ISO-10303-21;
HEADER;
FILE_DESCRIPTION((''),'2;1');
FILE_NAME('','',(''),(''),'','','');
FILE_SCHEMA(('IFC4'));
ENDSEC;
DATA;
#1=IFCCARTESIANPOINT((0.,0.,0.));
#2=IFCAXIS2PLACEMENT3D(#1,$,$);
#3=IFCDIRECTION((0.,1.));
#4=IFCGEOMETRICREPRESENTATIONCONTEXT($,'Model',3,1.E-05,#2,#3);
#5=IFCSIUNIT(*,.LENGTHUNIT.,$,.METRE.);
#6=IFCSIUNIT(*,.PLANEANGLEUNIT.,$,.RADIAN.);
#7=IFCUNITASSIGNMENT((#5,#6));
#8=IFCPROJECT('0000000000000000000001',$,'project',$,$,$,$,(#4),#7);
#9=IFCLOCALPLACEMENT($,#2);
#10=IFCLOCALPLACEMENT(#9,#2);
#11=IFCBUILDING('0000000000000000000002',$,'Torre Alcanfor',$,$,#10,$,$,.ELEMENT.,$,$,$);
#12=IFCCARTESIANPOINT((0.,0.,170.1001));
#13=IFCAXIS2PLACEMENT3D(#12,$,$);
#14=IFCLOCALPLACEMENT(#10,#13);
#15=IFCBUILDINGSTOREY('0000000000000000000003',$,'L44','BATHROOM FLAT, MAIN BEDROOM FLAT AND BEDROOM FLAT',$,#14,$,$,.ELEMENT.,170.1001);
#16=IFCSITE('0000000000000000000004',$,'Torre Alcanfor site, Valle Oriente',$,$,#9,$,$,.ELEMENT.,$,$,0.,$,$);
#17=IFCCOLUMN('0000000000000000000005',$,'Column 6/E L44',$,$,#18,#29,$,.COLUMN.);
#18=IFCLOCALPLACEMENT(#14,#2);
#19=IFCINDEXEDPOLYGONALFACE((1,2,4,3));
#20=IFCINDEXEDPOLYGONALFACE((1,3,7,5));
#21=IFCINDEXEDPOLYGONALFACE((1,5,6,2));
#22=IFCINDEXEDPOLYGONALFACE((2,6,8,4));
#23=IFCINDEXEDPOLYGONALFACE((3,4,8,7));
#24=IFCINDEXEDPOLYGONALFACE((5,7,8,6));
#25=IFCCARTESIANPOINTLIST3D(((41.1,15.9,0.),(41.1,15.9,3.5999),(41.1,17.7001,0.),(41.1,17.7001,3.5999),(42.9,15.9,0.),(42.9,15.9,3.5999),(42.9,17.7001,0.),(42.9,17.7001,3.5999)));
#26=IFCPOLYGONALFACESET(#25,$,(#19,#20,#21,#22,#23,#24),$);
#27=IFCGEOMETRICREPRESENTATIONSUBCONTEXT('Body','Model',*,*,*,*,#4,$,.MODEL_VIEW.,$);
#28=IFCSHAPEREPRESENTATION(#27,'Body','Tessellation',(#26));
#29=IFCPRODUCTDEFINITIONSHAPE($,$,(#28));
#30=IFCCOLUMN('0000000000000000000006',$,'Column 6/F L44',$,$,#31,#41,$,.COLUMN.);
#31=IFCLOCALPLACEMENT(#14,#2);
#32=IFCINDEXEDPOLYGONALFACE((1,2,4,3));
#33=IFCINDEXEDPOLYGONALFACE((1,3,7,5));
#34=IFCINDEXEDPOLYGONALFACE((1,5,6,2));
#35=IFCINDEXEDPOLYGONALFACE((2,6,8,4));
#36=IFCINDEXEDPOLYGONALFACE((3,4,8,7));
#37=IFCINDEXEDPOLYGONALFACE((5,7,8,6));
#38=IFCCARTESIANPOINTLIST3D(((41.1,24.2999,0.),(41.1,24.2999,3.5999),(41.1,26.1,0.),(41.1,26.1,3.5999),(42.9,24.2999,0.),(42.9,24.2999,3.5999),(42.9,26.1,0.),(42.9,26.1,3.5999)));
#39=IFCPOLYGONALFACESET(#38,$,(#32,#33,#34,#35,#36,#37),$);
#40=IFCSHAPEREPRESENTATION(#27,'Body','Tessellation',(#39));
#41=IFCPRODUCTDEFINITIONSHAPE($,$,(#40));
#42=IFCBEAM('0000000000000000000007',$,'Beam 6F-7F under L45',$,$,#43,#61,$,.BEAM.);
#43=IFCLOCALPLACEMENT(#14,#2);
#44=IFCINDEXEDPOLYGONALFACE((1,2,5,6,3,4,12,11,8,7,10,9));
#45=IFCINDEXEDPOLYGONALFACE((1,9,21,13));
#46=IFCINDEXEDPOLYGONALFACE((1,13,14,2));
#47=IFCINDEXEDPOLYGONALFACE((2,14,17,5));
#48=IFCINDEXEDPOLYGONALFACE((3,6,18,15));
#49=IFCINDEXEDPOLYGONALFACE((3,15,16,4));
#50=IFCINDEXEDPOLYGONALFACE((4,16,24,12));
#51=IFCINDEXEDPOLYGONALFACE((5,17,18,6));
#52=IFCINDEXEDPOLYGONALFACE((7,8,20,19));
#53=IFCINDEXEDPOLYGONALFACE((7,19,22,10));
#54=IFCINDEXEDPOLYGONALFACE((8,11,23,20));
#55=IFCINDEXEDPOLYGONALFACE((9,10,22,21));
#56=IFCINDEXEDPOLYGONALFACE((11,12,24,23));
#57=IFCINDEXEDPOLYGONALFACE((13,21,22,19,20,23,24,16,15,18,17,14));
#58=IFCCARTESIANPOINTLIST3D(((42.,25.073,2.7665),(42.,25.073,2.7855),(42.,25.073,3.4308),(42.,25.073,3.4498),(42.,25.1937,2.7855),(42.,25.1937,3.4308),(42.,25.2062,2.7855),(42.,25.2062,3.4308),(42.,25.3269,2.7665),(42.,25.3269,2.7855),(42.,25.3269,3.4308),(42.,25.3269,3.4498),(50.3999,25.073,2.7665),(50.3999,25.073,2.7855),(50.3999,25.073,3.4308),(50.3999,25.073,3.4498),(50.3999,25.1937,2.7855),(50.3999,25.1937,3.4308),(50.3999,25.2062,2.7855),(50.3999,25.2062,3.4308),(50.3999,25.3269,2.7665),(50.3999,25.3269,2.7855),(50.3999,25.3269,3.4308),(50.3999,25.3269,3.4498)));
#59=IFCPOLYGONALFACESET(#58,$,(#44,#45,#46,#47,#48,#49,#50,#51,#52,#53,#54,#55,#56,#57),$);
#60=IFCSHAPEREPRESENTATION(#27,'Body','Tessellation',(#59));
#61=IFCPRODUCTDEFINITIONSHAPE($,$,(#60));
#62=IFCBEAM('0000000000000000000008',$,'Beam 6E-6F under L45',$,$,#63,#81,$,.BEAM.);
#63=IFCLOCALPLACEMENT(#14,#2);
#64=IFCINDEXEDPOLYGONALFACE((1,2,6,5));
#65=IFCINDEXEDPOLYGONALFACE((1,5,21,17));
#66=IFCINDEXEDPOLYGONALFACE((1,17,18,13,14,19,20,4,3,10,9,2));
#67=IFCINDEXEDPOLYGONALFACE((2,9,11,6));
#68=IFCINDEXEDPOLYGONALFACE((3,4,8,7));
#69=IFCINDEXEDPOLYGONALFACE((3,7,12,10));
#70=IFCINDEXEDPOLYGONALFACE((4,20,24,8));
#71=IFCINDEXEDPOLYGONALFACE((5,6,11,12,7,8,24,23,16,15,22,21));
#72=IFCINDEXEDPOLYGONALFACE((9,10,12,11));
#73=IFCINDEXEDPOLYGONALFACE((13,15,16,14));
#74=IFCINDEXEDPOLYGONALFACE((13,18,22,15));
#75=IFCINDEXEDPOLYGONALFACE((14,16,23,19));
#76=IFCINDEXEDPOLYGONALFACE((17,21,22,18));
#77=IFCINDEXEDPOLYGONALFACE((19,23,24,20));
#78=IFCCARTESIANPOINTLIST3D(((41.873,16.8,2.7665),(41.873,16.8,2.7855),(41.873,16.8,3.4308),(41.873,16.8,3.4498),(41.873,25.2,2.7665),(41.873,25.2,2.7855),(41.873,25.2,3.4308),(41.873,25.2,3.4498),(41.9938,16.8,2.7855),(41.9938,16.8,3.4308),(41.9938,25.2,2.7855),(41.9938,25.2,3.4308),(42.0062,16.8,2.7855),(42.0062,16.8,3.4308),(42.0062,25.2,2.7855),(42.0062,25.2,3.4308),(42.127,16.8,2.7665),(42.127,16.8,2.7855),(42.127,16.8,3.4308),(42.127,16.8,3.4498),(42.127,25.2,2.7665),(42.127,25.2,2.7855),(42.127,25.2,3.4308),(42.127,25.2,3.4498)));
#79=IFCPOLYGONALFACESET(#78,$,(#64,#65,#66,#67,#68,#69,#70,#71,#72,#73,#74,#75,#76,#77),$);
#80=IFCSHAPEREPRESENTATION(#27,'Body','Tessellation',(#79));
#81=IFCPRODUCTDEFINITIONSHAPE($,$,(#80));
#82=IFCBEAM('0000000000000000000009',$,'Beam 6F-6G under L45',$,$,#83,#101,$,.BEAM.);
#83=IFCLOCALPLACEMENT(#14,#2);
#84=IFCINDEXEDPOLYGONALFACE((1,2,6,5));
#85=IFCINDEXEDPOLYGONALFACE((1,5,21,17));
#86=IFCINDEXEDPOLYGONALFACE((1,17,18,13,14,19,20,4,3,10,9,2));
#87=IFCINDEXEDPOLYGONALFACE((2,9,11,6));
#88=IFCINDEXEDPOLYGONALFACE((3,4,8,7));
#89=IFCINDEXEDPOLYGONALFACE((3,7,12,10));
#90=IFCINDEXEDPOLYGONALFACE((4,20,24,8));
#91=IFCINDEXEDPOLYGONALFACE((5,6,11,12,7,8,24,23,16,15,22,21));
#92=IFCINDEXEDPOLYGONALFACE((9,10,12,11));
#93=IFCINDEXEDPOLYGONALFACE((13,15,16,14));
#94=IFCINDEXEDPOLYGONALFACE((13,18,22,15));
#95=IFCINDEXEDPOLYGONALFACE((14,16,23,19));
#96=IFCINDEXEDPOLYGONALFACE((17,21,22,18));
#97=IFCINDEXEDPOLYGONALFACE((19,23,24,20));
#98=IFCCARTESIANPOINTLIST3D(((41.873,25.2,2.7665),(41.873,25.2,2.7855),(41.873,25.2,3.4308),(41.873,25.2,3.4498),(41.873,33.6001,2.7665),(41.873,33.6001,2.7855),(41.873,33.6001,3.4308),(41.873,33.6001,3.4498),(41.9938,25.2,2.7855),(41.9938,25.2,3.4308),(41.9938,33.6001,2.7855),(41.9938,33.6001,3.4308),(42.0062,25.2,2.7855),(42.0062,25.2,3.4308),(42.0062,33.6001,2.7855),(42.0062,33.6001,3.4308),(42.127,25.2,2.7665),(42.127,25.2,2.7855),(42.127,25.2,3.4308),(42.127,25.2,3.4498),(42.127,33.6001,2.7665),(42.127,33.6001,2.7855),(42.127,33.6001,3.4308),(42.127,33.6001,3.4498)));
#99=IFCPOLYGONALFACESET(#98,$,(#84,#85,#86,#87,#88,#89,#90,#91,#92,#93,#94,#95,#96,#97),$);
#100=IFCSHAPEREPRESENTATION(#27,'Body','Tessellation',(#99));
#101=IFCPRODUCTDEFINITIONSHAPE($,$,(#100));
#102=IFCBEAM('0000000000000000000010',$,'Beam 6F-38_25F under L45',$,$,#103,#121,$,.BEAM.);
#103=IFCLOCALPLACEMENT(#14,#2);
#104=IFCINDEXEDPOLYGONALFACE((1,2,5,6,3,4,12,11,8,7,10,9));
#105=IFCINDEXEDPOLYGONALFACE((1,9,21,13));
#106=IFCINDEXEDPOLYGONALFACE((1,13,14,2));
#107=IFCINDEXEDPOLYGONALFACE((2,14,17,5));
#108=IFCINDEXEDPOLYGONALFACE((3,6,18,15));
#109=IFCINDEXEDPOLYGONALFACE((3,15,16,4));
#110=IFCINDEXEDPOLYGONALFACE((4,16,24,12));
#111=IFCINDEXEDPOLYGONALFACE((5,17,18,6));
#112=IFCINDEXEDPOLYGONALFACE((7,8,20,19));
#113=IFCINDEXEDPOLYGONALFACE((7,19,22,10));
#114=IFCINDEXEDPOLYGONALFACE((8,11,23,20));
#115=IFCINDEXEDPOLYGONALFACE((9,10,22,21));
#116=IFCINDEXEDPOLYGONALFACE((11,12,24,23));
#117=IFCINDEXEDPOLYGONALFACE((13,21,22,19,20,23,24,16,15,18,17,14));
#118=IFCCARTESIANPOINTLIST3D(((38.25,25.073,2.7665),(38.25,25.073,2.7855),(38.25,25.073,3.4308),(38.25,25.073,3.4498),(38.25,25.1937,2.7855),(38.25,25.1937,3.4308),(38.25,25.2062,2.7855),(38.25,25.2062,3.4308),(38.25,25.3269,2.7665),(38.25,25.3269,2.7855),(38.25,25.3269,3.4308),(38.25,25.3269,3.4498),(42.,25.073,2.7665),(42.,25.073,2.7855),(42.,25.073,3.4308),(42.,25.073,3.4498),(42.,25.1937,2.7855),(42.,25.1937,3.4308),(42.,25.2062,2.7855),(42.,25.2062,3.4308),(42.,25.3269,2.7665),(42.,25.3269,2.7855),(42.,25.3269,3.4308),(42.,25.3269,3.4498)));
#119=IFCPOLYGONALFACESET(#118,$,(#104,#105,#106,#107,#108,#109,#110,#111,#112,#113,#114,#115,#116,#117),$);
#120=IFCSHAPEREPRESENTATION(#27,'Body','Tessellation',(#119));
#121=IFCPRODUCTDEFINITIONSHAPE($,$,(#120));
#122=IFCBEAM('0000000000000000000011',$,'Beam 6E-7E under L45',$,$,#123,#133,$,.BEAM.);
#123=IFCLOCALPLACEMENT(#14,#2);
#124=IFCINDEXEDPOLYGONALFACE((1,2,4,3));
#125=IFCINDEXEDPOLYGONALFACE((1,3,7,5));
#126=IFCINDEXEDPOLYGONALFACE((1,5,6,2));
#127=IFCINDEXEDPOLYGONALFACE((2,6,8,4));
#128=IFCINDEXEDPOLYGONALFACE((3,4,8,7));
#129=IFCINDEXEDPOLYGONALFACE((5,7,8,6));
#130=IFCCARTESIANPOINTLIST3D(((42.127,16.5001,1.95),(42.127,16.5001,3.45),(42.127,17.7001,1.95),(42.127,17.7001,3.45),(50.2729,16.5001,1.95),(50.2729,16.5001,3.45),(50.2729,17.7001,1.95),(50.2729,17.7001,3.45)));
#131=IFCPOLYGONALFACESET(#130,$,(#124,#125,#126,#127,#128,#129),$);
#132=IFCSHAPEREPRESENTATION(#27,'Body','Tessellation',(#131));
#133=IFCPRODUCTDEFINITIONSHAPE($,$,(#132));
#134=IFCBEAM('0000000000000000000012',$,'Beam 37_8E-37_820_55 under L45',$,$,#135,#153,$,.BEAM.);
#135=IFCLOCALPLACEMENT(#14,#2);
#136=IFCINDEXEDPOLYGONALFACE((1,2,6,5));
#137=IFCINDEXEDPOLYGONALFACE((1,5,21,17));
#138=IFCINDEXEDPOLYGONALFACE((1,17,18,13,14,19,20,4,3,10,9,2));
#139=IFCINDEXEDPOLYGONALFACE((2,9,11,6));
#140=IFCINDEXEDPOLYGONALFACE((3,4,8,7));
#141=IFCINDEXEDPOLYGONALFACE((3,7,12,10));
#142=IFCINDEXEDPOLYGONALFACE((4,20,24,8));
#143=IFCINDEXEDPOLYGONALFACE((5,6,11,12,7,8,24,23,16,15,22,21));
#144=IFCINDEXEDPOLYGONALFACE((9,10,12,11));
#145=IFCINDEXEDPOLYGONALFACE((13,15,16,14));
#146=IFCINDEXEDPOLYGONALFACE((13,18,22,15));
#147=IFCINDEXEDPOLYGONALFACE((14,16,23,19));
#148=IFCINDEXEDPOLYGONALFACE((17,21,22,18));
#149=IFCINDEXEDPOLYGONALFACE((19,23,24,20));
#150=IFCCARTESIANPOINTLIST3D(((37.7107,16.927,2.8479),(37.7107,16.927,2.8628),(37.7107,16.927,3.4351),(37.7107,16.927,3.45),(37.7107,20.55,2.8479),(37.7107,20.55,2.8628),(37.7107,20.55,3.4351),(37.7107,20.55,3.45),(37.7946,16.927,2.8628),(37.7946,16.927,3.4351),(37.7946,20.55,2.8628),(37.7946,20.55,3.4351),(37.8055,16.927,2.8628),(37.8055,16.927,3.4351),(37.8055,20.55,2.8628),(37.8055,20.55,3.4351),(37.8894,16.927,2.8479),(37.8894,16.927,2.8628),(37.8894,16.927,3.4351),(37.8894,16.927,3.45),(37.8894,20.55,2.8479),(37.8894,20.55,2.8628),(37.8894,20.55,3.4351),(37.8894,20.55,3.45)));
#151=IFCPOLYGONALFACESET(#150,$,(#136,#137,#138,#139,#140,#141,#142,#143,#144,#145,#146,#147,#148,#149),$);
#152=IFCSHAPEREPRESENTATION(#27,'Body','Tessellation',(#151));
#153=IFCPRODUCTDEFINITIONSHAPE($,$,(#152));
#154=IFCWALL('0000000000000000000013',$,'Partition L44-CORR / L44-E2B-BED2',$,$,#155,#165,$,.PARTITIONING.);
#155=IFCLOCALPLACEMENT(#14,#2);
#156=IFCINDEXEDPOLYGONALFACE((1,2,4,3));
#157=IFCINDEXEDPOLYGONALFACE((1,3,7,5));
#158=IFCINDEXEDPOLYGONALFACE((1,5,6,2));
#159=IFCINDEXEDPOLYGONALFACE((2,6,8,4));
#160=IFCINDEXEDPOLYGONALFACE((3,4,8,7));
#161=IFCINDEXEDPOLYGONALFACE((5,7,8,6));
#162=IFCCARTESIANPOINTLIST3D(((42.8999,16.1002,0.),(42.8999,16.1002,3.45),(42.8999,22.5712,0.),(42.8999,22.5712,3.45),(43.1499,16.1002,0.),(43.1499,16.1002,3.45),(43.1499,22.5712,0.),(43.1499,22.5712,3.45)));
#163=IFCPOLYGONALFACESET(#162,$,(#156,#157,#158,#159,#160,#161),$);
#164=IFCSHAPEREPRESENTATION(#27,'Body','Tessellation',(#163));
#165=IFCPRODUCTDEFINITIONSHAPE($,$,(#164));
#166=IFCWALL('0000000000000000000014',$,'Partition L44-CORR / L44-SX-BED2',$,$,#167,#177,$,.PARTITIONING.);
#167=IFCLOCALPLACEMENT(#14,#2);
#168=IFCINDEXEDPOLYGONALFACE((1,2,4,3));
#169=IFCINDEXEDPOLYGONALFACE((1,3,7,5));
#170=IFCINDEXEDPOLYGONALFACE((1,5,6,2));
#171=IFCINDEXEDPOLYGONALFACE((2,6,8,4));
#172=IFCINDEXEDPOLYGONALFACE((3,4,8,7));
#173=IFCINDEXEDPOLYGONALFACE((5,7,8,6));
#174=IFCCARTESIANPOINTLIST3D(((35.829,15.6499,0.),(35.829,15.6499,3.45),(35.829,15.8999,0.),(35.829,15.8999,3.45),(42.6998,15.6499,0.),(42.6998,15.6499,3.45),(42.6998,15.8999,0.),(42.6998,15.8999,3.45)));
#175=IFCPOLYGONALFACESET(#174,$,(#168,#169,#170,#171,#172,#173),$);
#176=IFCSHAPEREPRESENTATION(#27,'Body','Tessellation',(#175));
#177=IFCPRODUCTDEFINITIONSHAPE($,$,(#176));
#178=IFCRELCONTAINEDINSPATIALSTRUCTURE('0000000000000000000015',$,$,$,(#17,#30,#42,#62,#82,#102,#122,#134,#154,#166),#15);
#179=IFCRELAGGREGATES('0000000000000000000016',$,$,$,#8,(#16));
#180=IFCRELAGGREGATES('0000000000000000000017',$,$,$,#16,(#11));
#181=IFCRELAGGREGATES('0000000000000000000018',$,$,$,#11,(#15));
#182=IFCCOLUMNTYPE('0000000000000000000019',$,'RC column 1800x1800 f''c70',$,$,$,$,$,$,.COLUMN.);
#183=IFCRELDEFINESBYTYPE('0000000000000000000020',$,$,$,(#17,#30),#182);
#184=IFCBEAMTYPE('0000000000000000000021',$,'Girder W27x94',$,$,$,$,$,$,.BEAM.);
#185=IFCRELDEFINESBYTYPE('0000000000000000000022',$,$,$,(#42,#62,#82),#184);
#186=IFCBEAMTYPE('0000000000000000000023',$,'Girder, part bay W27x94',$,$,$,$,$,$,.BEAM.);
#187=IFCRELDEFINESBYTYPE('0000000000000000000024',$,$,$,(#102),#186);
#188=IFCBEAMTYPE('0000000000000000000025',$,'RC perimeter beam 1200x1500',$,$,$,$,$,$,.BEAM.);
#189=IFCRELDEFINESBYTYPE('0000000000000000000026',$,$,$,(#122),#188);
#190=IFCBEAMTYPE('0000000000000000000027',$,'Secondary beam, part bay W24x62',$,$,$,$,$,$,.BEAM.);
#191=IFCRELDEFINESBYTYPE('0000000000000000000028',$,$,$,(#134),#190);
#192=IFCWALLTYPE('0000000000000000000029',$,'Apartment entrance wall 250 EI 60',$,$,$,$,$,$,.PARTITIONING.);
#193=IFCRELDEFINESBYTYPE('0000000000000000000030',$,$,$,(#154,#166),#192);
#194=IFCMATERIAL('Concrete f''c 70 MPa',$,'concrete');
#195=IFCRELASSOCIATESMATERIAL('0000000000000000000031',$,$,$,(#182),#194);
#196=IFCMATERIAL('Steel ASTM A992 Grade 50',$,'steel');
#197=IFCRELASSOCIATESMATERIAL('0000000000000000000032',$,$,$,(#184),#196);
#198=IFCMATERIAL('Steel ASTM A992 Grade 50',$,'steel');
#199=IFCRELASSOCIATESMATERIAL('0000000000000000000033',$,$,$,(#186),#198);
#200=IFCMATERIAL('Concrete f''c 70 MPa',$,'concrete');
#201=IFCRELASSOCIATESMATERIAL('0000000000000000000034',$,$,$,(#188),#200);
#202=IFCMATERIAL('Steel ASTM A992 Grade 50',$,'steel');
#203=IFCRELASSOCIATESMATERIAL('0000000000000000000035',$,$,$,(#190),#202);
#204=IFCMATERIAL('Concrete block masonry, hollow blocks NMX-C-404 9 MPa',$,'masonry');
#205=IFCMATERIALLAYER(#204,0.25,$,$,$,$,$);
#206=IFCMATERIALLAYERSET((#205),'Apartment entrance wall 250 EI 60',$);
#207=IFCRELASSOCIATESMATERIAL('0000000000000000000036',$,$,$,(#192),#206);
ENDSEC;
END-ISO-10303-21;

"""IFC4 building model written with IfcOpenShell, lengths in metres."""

from ifc_helpers import new_model, si_unit, direction, frame, frame_2d, origin, origin_2d, place, context, subcontext, project, spatial, rectangle, i_section, extrude, material, layer, layer_set, material_profile, profile_set, type_object, element, save


model = new_model("IFC4")

# Units and contexts
model_context = context("Model", 3, precision=1e-05, world=origin(), true_north=direction((0.0, 1.0)))
body_context = subcontext(model_context, "Body", "Model", "MODEL_VIEW")
ifc_project = project(units=[si_unit("LENGTHUNIT", "METRE"), si_unit("PLANEANGLEUNIT", "RADIAN")], contexts=[model_context])

# Site, building, storey
site_placement = place(None, origin())
site = spatial("IfcSite", under=ifc_project, at=site_placement, Name="Torre Alcanfor site, Valle Oriente", CompositionType="ELEMENT", RefElevation=0.0)
building_placement = place(site_placement, origin())
building = spatial("IfcBuilding", under=site, at=building_placement, Name="Torre Alcanfor", CompositionType="ELEMENT")
storey_placement = place(building_placement, frame((0.0, 0.0, 170.1001)))
storey = spatial("IfcBuildingStorey", under=building, at=storey_placement, Name="L44", Description="BATHROOM FLAT, MAIN BEDROOM FLAT AND BEDROOM FLAT", CompositionType="ELEMENT", Elevation=170.1001)

# Columns
ifc_material_1 = material(Name="Concrete f'c 70 MPa", Category="concrete")
ifc_material_profile_1 = material_profile(ifc_material_1, rectangle(XDim=1.8, YDim=1.8, at=origin_2d()), Name="1800x1800")
ifc_profile_set_1 = profile_set([ifc_material_profile_1], Name="Concrete f'c 70 MPa")
column_type = type_object("IfcColumnType", Name="RC column 1800x1800 f'c70", PredefinedType="COLUMN", material=ifc_profile_set_1)
for number, where, z_axis, x_axis, name in (
    (1, (42.0, 16.8, 0.0), (0.0, 0.0, 1.0), (1.0, 0.0, 0.0), "Column 6/E L44"),
    (2, (42.0, 25.2, 0.0), (0.0, 0.0, 1.0), (1.0, 0.0, 0.0), "Column 6/F L44"),
):
    element("IfcColumn", number, at=place(storey_placement, frame(where, z_axis=z_axis, x_axis=x_axis)), inside=storey, type_object=column_type, Name=name, PredefinedType="COLUMN", context=body_context, shape_type="SweptSolid", body=[
        extrude(rectangle(XDim=1.8, YDim=1.8, at=origin_2d()), origin(), (0.0, 0.0, 1.0), 3.5999),
    ])

# Beams
ifc_material_2 = material(Name="Steel ASTM A992 Grade 50", Category="steel")
ifc_material_profile_2 = material_profile(ifc_material_2, i_section(OverallWidth=0.2539, OverallDepth=0.6833, WebThickness=0.0125, FlangeThickness=0.019, at=origin_2d()), Name="W27x94")
ifc_profile_set_2 = profile_set([ifc_material_profile_2], Name="Steel ASTM A992 Grade 50")
beam_type_1 = type_object("IfcBeamType", Name="Girder W27x94", PredefinedType="BEAM", material=ifc_profile_set_2)
for number, where, z_axis, x_axis, name in (
    (3, (42.0, 25.2, 3.1082), (1.0, 0.0, 0.0), (0.0, 1.0, 0.0), "Beam 6F-7F under L45"),
    (4, (42.0, 16.8, 3.1082), (0.0, 1.0, 0.0), (-1.0, 0.0, 0.0), "Beam 6E-6F under L45"),
):
    element("IfcBeam", number, at=place(storey_placement, frame(where, z_axis=z_axis, x_axis=x_axis)), inside=storey, type_object=beam_type_1, Name=name, PredefinedType="BEAM", context=body_context, shape_type="SweptSolid", body=[
        extrude(i_section(OverallWidth=0.2539, OverallDepth=0.6833, WebThickness=0.0125, FlangeThickness=0.019, at=origin_2d()), origin(), (0.0, 0.0, 1.0), 8.3999),
    ])
beam_1_placement = place(storey_placement, frame((42.0, 25.2, 3.1082), z_axis=(0.0, 1.0, 0.0), x_axis=(-1.0, 0.0, 0.0)))
element("IfcBeam", 5, at=beam_1_placement, inside=storey, type_object=beam_type_1, Name="Beam 6F-6G under L45", PredefinedType="BEAM", context=body_context, shape_type="SweptSolid", body=[
    extrude(i_section(OverallWidth=0.2539, OverallDepth=0.6833, WebThickness=0.0125, FlangeThickness=0.019, at=origin_2d()), origin(), (0.0, 0.0, 1.0), 8.4001),
])
ifc_material_3 = material(Name="Steel ASTM A992 Grade 50", Category="steel")
ifc_material_profile_3 = material_profile(ifc_material_3, i_section(OverallWidth=0.2539, OverallDepth=0.6833, WebThickness=0.0125, FlangeThickness=0.019, at=origin_2d()), Name="W27x94")
ifc_profile_set_3 = profile_set([ifc_material_profile_3], Name="Steel ASTM A992 Grade 50")
beam_type_2 = type_object("IfcBeamType", Name="Girder, part bay W27x94", PredefinedType="BEAM", material=ifc_profile_set_3)
beam_2_placement = place(storey_placement, frame((42.0, 25.2, 3.1082), z_axis=(-1.0, 0.0, 0.0), x_axis=(0.0, -1.0, 0.0)))
element("IfcBeam", 6, at=beam_2_placement, inside=storey, type_object=beam_type_2, Name="Beam 6F-38_25F under L45", PredefinedType="BEAM", context=body_context, shape_type="SweptSolid", body=[
    extrude(i_section(OverallWidth=0.2539, OverallDepth=0.6833, WebThickness=0.0125, FlangeThickness=0.019, at=origin_2d()), origin(), (0.0, 0.0, 1.0), 3.75),
])
ifc_material_4 = material(Name="Concrete f'c 70 MPa", Category="concrete")
ifc_material_profile_4 = material_profile(ifc_material_4, rectangle(XDim=1.2, YDim=1.5, at=origin_2d()), Name="1200x1500")
ifc_profile_set_4 = profile_set([ifc_material_profile_4], Name="Concrete f'c 70 MPa")
beam_type_3 = type_object("IfcBeamType", Name="RC perimeter beam 1200x1500", PredefinedType="BEAM", material=ifc_profile_set_4)
beam_3_placement = place(storey_placement, frame((42.127, 17.1001, 2.7), z_axis=(1.0, 0.0, 0.0), x_axis=(0.0, 1.0, 0.0)))
element("IfcBeam", 7, at=beam_3_placement, inside=storey, type_object=beam_type_3, Name="Beam 6E-7E under L45", PredefinedType="BEAM", context=body_context, shape_type="SweptSolid", body=[
    extrude(rectangle(XDim=1.2, YDim=1.5, at=origin_2d()), origin(), (0.0, 0.0, 1.0), 8.146),
])
ifc_material_5 = material(Name="Steel ASTM A992 Grade 50", Category="steel")
ifc_material_profile_5 = material_profile(ifc_material_5, i_section(OverallWidth=0.1787, OverallDepth=0.6021, WebThickness=0.011, FlangeThickness=0.0149, at=origin_2d()), Name="W24x62")
ifc_profile_set_5 = profile_set([ifc_material_profile_5], Name="Steel ASTM A992 Grade 50")
beam_type_4 = type_object("IfcBeamType", Name="Secondary beam, part bay W24x62", PredefinedType="BEAM", material=ifc_profile_set_5)
beam_4_placement = place(storey_placement, frame((37.8, 16.927, 3.1489), z_axis=(0.0, 1.0, 0.0), x_axis=(-1.0, 0.0, 0.0)))
element("IfcBeam", 8, at=beam_4_placement, inside=storey, type_object=beam_type_4, Name="Beam 37_8E-37_820_55 under L45", PredefinedType="BEAM", context=body_context, shape_type="SweptSolid", body=[
    extrude(i_section(OverallWidth=0.1787, OverallDepth=0.6021, WebThickness=0.011, FlangeThickness=0.0149, at=origin_2d()), origin(), (0.0, 0.0, 1.0), 3.623),
])

# Walls
ifc_material_6 = material(Name="Concrete block masonry, hollow blocks NMX-C-404 9 MPa", Category="masonry")
ifc_layer_1 = layer(ifc_material_6, 0.25)
ifc_layer_set_1 = layer_set([ifc_layer_1], Name="Apartment entrance wall 250 EI 60")
wall_type_1 = type_object("IfcWallType", Name="Apartment entrance wall 250 EI 60", PredefinedType="PARTITIONING", material=ifc_layer_set_1)
wall_1_placement = place(storey_placement, frame((43.0249, 22.571, 0.0), z_axis=(0.0, 0.0, 1.0), x_axis=(0.0, -1.0, 0.0)))
element("IfcWall", 9, at=wall_1_placement, inside=storey, type_object=wall_type_1, Name="Partition L44-CORR / L44-E2B-BED2", PredefinedType="PARTITIONING", context=body_context, shape_type="SweptSolid", body=[
    extrude(rectangle(XDim=6.4709, YDim=0.25, at=frame_2d((3.2354, 0.0))), origin(), (0.0, 0.0, 1.0), 3.45),
])
wall_2_placement = place(storey_placement, frame((42.7, 15.7749, 0.0), z_axis=(0.0, 0.0, 1.0), x_axis=(-1.0, 0.0, 0.0)))
element("IfcWall", 10, at=wall_2_placement, inside=storey, type_object=wall_type_1, Name="Partition L44-CORR / L44-SX-BED2", PredefinedType="PARTITIONING", context=body_context, shape_type="SweptSolid", body=[
    extrude(rectangle(XDim=6.8708, YDim=0.25, at=frame_2d((3.4355, 0.0))), origin(), (0.0, 0.0, 1.0), 3.45),
])

save(model, "model.ifc")
